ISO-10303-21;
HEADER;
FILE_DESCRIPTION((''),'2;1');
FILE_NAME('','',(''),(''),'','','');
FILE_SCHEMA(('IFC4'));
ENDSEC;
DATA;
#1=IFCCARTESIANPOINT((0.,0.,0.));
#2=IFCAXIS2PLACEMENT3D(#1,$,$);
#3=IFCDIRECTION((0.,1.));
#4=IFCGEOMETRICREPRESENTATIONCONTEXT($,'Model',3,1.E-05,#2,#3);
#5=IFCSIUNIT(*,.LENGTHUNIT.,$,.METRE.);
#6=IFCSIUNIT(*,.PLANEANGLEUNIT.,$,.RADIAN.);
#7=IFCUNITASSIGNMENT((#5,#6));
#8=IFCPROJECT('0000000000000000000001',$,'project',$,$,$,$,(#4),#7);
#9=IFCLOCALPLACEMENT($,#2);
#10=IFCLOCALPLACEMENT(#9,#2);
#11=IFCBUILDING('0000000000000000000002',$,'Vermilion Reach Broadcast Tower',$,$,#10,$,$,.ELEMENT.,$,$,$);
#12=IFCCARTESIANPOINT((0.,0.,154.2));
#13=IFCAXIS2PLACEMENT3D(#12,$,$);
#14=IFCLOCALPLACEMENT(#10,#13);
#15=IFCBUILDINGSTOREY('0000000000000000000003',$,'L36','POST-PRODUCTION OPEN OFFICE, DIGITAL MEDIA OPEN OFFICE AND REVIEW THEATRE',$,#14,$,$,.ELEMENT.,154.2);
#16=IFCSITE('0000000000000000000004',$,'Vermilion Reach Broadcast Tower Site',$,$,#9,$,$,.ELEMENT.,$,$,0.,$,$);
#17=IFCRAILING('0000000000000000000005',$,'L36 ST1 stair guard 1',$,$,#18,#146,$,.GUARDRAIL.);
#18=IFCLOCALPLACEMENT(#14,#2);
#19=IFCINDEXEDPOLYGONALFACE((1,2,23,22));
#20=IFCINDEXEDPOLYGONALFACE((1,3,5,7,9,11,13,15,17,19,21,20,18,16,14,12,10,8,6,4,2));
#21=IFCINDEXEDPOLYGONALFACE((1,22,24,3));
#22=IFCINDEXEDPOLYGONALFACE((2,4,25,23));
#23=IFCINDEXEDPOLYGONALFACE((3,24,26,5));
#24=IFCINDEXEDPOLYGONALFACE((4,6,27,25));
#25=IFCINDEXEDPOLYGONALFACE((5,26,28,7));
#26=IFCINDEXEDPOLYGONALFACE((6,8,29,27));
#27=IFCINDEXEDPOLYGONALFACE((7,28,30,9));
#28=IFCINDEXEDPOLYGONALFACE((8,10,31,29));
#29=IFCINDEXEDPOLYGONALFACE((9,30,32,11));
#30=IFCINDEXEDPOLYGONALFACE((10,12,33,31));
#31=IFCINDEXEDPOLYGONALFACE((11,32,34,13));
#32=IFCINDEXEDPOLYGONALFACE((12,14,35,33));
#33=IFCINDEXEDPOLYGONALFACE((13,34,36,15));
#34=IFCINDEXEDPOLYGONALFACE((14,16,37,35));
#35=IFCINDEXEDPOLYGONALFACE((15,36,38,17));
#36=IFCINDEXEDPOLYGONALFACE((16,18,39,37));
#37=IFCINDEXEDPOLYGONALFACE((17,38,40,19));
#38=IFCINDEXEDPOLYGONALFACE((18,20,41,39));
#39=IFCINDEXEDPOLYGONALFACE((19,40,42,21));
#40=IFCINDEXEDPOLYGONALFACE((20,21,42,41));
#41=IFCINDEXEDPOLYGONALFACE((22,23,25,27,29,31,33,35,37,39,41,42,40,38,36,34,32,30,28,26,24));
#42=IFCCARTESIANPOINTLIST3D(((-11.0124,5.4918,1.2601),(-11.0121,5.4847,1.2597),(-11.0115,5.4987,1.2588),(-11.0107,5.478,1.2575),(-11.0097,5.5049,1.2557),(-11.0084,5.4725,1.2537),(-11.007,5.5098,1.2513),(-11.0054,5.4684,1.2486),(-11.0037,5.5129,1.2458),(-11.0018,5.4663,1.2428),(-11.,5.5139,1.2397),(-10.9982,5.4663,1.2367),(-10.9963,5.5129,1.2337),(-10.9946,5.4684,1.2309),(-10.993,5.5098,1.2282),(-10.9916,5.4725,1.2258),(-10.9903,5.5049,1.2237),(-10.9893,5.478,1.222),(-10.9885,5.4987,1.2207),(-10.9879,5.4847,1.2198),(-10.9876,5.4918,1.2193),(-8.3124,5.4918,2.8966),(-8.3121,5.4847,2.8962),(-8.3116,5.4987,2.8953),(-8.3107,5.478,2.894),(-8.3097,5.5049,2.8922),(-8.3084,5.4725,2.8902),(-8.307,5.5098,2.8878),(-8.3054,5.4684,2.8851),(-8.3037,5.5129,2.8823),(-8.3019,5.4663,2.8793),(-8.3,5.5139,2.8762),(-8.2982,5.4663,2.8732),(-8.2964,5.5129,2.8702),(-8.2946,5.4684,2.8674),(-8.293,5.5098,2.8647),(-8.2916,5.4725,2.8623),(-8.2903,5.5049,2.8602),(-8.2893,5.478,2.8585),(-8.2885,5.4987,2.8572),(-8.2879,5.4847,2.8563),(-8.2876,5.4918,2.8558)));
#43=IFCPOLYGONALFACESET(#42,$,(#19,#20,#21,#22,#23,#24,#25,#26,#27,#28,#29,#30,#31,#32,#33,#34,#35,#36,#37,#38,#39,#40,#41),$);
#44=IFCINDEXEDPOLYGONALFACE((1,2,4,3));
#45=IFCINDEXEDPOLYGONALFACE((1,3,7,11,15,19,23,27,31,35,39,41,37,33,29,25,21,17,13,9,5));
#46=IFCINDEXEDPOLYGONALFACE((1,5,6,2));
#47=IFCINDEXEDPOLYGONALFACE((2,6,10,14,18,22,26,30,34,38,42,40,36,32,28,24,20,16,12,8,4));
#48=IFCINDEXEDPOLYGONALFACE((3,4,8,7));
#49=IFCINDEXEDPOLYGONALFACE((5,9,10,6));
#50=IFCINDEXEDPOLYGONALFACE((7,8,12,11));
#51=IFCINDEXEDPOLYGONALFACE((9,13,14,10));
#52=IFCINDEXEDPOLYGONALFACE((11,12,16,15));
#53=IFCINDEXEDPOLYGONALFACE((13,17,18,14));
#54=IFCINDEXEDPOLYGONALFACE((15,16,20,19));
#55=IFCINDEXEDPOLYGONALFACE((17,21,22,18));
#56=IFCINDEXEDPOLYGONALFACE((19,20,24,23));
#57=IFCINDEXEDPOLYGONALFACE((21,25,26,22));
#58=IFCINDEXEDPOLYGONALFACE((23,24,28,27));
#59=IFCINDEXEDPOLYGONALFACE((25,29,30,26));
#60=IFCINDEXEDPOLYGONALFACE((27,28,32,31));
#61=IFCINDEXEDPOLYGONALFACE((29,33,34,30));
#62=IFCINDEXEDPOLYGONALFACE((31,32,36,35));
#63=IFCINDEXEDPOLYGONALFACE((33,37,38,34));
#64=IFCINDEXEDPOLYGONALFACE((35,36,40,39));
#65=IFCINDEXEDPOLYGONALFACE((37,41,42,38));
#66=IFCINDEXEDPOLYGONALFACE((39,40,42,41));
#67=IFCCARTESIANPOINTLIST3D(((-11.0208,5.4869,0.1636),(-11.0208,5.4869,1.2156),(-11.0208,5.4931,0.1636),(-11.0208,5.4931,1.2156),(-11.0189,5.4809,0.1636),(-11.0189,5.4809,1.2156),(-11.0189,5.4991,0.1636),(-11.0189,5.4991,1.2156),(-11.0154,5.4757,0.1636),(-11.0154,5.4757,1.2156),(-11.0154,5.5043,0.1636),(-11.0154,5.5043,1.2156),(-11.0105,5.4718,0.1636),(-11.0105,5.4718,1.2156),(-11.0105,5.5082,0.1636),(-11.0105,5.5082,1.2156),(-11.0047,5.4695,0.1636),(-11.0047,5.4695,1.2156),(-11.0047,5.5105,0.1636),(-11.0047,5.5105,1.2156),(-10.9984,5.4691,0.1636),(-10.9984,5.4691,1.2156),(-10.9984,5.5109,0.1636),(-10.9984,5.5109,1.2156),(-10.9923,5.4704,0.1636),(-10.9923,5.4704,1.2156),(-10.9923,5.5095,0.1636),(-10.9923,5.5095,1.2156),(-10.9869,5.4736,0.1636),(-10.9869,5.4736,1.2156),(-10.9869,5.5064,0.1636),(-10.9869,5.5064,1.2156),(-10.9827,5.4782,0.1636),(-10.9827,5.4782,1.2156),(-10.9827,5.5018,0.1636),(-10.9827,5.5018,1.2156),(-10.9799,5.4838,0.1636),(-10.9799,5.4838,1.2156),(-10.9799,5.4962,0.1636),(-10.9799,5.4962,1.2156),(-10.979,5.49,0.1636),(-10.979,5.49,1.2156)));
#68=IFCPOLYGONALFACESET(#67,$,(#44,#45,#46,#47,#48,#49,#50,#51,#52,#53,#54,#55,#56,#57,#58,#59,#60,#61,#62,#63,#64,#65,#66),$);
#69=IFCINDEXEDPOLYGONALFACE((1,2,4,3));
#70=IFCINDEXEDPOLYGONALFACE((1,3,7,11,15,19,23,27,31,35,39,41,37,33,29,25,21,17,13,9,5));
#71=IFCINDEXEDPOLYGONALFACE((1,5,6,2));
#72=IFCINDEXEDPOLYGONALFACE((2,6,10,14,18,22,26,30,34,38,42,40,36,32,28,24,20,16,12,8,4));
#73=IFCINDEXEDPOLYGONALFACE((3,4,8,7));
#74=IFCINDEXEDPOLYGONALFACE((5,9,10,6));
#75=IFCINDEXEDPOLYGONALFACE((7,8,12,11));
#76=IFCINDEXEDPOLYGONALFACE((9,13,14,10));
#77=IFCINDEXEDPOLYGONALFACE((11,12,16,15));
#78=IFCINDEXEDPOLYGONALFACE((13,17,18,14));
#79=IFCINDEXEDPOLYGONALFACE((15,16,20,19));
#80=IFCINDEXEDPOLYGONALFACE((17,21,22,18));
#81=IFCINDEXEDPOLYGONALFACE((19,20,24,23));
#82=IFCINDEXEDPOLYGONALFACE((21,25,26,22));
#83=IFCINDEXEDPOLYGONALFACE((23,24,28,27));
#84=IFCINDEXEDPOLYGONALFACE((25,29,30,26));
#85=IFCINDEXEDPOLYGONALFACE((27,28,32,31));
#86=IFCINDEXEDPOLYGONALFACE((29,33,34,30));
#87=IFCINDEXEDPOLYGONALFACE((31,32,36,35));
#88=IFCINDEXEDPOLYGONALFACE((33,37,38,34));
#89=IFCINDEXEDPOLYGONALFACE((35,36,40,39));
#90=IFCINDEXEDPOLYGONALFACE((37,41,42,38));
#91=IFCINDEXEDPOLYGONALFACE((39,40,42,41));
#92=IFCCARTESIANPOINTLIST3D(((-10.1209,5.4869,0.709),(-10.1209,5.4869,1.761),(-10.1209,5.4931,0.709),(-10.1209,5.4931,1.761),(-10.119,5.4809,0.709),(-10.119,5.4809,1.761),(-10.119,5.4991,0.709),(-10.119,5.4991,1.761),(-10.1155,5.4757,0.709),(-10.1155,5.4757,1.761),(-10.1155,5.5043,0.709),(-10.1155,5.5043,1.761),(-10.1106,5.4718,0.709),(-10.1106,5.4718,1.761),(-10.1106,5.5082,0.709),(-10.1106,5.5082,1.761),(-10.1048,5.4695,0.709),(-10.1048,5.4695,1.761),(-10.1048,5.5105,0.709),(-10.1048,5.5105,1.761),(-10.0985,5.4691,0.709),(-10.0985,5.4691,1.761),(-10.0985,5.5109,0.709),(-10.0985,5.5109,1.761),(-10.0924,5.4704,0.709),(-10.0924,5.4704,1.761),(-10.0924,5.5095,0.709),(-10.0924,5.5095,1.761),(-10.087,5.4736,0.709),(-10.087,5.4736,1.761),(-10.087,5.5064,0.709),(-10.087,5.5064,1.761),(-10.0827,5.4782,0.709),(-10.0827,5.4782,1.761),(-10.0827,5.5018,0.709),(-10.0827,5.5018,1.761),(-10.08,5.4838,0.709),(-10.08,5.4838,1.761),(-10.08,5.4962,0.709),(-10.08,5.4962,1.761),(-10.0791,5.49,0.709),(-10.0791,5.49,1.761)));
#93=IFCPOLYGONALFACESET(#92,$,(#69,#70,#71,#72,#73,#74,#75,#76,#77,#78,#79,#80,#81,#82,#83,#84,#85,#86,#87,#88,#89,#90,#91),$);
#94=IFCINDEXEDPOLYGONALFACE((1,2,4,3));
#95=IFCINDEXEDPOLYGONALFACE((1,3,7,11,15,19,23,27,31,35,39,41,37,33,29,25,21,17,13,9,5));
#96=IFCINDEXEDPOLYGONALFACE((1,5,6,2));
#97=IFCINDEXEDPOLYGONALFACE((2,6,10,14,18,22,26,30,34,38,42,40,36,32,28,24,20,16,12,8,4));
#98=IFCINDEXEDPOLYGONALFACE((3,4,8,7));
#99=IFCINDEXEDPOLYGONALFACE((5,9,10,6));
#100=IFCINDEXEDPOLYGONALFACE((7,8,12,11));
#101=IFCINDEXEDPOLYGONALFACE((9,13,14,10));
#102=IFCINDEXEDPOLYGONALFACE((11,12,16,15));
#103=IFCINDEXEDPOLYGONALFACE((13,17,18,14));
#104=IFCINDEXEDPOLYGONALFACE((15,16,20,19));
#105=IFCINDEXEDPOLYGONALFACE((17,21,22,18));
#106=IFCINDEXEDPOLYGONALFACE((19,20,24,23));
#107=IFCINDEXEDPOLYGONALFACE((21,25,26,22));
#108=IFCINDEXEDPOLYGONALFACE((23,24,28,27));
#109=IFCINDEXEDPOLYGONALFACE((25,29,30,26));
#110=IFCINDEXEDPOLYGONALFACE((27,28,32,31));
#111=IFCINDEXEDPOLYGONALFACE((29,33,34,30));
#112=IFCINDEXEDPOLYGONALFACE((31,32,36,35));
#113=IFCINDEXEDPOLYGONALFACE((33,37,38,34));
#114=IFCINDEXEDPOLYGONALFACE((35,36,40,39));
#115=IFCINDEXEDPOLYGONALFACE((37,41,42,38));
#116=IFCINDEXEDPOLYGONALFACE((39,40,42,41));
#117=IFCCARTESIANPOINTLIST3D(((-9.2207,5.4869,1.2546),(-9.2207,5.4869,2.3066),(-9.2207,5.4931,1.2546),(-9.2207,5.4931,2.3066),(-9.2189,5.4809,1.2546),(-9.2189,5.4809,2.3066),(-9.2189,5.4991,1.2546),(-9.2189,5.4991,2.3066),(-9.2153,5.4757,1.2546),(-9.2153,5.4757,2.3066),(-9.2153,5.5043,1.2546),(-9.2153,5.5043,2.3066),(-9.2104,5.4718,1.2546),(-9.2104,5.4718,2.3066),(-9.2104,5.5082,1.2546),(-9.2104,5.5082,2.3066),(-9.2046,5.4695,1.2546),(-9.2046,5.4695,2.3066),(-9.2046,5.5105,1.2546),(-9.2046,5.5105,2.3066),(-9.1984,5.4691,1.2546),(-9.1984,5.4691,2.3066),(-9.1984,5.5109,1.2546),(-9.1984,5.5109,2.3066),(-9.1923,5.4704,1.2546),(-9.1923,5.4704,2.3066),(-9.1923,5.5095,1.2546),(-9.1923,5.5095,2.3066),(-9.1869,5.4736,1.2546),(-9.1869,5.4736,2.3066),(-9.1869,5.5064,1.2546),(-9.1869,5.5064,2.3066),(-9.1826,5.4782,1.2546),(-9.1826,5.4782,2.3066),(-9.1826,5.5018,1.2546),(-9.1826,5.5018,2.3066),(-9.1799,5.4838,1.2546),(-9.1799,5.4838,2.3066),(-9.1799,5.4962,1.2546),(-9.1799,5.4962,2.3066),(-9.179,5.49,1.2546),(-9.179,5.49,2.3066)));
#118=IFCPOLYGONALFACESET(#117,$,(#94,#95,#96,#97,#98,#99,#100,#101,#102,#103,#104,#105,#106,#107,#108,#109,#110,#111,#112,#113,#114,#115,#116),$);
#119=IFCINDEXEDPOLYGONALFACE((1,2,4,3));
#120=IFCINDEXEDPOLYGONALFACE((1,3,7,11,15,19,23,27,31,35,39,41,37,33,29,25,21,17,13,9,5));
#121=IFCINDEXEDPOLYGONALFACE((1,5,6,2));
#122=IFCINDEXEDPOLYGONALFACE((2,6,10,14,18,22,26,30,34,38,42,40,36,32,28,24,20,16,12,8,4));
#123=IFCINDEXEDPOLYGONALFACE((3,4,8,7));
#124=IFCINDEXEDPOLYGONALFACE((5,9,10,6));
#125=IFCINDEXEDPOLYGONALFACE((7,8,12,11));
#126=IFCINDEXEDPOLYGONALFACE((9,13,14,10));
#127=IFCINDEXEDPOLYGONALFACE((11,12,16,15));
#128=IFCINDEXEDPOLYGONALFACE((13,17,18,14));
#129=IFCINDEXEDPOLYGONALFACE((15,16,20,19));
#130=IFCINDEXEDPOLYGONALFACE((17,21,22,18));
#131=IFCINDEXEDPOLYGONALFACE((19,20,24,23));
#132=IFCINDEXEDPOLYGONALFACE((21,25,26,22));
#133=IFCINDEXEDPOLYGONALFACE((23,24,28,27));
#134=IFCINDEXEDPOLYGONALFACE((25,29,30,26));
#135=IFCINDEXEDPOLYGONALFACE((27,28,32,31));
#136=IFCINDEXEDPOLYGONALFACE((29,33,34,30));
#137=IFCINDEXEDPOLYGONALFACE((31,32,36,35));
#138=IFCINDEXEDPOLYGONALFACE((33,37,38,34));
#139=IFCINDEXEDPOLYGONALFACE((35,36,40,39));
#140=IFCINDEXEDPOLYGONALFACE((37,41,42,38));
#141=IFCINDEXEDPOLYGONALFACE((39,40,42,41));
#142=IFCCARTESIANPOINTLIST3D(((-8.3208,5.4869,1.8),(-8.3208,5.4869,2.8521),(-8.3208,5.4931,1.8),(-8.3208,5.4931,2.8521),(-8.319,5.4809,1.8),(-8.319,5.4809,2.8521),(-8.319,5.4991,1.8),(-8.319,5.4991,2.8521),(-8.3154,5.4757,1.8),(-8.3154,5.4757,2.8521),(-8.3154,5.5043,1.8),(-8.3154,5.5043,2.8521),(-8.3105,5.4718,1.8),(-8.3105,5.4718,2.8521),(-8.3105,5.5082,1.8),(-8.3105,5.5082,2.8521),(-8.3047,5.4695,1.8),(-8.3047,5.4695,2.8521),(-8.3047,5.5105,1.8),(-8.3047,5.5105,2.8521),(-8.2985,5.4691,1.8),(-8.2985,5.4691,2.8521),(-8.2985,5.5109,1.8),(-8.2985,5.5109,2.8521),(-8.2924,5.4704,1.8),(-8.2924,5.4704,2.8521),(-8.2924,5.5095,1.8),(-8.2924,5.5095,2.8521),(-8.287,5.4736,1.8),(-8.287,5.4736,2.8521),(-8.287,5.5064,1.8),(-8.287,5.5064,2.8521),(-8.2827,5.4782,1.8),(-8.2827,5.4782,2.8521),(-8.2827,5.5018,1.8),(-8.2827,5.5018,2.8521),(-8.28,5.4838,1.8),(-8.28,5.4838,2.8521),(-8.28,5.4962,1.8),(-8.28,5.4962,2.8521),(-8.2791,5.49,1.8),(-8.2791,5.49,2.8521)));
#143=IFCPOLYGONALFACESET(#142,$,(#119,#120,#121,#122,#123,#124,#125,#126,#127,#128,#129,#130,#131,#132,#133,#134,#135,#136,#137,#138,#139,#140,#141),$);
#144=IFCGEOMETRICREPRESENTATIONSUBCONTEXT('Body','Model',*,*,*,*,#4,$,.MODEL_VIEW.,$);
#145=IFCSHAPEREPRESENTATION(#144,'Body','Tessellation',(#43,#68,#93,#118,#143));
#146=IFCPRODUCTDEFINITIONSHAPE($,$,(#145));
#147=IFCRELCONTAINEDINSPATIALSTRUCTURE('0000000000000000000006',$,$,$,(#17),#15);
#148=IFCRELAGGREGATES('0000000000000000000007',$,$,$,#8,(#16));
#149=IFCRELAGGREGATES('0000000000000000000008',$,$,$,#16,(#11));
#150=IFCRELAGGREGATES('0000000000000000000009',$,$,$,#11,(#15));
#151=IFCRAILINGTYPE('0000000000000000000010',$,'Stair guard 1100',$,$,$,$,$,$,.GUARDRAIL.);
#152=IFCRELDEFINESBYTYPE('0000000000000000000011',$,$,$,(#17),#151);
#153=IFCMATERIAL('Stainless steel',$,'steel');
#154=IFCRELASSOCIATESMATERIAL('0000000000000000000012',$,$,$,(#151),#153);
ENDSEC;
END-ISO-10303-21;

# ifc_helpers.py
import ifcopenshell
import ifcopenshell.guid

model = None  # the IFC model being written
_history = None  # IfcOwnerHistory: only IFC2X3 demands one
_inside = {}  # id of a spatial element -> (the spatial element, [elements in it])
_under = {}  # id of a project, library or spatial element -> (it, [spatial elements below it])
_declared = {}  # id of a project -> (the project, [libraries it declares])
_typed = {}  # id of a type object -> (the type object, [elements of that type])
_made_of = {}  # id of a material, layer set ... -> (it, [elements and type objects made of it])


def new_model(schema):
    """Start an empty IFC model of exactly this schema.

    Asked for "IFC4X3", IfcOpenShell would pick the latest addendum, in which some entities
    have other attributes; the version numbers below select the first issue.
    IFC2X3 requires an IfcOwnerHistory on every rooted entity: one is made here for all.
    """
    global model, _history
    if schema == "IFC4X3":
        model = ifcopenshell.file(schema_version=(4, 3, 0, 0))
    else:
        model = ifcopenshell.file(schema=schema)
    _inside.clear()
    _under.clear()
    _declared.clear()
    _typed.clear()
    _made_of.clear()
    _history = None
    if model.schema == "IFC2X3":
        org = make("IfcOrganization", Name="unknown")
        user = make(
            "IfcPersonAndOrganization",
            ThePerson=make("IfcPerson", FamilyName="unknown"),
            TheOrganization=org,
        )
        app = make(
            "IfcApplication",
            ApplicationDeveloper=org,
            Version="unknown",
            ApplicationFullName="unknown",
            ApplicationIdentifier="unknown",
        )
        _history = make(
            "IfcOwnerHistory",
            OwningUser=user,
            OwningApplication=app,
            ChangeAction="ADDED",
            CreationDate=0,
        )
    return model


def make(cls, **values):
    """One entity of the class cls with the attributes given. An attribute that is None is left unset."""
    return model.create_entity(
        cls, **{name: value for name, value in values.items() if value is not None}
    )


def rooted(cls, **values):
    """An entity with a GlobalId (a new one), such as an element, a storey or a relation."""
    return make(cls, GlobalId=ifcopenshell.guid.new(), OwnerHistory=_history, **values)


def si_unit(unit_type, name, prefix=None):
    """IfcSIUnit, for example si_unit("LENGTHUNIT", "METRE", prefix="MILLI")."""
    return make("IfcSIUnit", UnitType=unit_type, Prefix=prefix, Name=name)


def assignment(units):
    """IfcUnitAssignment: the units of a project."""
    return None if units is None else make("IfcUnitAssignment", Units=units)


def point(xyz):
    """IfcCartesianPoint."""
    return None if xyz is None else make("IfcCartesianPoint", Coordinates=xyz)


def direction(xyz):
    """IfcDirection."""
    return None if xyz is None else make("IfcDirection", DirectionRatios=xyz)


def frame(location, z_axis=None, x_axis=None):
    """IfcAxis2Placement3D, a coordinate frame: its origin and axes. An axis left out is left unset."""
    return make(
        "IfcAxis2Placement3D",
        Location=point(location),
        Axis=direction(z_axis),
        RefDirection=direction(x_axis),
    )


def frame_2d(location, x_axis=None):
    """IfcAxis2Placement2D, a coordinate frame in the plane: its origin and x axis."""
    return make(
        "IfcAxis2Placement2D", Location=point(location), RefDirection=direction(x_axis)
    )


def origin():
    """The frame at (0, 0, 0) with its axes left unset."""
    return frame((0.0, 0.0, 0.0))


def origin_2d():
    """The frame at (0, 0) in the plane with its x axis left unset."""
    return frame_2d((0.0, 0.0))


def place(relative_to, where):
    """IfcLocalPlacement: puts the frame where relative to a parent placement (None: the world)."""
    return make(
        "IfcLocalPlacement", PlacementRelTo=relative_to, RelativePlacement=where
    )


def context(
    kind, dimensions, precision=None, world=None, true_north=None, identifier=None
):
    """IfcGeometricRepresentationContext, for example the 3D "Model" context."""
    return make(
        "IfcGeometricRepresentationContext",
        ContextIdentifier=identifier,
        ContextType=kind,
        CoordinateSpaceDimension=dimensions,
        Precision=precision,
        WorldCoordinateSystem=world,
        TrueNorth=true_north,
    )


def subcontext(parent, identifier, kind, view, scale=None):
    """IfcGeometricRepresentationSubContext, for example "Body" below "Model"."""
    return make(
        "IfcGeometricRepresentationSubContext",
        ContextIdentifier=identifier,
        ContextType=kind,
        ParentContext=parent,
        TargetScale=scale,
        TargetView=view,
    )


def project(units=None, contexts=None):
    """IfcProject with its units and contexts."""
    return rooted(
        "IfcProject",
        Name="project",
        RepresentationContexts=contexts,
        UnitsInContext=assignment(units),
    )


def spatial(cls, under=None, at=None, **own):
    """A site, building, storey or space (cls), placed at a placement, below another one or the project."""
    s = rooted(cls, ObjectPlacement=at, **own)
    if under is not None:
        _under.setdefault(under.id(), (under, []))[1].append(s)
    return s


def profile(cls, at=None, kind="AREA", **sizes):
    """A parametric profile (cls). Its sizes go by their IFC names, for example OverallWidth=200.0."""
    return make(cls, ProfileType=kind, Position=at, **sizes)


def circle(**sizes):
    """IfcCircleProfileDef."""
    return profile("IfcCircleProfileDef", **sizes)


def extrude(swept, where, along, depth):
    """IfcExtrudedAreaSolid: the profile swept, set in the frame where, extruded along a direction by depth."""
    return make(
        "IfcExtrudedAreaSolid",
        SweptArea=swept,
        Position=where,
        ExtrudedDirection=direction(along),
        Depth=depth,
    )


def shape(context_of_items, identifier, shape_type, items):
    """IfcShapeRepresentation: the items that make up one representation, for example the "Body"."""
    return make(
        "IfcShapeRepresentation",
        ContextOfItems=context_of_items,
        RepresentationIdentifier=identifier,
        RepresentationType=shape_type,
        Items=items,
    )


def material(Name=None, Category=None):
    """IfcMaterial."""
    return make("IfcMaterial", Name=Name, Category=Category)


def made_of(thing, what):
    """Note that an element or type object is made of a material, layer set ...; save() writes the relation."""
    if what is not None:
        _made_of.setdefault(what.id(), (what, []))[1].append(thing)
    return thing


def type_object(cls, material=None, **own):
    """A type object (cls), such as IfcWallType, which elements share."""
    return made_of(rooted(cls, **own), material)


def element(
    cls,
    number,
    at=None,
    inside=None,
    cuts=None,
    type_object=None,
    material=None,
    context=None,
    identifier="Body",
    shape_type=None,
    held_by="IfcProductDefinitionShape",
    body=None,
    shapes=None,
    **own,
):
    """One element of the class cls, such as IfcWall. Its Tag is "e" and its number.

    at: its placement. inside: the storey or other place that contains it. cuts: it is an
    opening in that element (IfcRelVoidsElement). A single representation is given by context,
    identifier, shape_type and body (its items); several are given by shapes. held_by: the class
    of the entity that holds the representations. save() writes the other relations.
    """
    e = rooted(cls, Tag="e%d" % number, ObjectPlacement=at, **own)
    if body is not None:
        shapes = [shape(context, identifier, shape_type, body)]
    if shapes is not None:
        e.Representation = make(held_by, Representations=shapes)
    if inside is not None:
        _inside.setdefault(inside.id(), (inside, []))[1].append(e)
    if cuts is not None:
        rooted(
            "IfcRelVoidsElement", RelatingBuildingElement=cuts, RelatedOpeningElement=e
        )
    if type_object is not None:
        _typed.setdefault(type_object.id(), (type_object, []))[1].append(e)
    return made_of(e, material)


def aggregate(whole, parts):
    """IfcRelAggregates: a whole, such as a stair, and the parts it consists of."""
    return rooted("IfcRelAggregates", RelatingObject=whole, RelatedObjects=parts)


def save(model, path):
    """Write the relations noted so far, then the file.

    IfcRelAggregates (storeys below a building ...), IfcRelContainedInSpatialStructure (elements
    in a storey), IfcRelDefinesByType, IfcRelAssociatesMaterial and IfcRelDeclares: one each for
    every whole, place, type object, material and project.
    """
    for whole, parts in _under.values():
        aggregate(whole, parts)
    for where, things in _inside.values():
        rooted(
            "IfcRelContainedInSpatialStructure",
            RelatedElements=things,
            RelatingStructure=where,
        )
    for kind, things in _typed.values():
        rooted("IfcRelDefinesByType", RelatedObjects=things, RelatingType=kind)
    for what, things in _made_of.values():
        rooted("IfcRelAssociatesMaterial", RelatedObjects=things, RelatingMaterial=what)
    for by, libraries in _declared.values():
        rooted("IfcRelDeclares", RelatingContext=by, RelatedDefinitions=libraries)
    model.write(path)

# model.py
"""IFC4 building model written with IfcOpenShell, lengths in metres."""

from ifc_helpers import new_model, si_unit, direction, frame, origin, origin_2d, place, context, subcontext, project, spatial, circle, extrude, material, type_object, element, save


model = new_model("IFC4")

# Units and contexts
model_context = context("Model", 3, precision=1e-05, world=origin(), true_north=direction((0.0, 1.0)))
body_context = subcontext(model_context, "Body", "Model", "MODEL_VIEW")
ifc_project = project(units=[si_unit("LENGTHUNIT", "METRE"), si_unit("PLANEANGLEUNIT", "RADIAN")], contexts=[model_context])

# Site, building, storey
site_placement = place(None, origin())
site = spatial("IfcSite", under=ifc_project, at=site_placement, Name="Vermilion Reach Broadcast Tower Site", CompositionType="ELEMENT", RefElevation=0.0)
building_placement = place(site_placement, origin())
building = spatial("IfcBuilding", under=site, at=building_placement, Name="Vermilion Reach Broadcast Tower", CompositionType="ELEMENT")
storey_placement = place(building_placement, frame((0.0, 0.0, 154.2)))
storey = spatial("IfcBuildingStorey", under=building, at=storey_placement, Name="L36", Description="POST-PRODUCTION OPEN OFFICE, DIGITAL MEDIA OPEN OFFICE AND REVIEW THEATRE", CompositionType="ELEMENT", Elevation=154.2)

# Railing
ifc_material_1 = material(Name="Stainless steel", Category="steel")
railing_type_1 = type_object("IfcRailingType", Name="Stair guard 1100", PredefinedType="GUARDRAIL", material=ifc_material_1)
railing_1_placement = place(storey_placement, frame((-11.0, 5.49, 0.1636)))
element("IfcRailing", 1, at=railing_1_placement, inside=storey, type_object=railing_type_1, Name="L36 ST1 stair guard 1", PredefinedType="GUARDRAIL", context=body_context, shape_type="SweptSolid", body=[
    extrude(circle(Radius=0.0239, at=origin_2d()), frame((0.0, 0.0, 1.0762), z_axis=(0.855178, 0.0, 0.518334), x_axis=(0.0, 1.0, 0.0)), (0.0, 0.0, 1.0), 3.1572),
    extrude(circle(Radius=0.021, at=origin_2d()), origin(), (0.0, 0.0, 1.0), 1.052),
    extrude(circle(Radius=0.021, at=origin_2d()), frame((0.8999, 0.0, 0.5454)), (0.0, 0.0, 1.0), 1.052),
    extrude(circle(Radius=0.021, at=origin_2d()), frame((1.8, 0.0, 1.0911)), (0.0, 0.0, 1.0), 1.052),
    extrude(circle(Radius=0.021, at=origin_2d()), frame((2.7, 0.0, 1.6365)), (0.0, 0.0, 1.0), 1.052),
])

save(model, "model.ifc")
